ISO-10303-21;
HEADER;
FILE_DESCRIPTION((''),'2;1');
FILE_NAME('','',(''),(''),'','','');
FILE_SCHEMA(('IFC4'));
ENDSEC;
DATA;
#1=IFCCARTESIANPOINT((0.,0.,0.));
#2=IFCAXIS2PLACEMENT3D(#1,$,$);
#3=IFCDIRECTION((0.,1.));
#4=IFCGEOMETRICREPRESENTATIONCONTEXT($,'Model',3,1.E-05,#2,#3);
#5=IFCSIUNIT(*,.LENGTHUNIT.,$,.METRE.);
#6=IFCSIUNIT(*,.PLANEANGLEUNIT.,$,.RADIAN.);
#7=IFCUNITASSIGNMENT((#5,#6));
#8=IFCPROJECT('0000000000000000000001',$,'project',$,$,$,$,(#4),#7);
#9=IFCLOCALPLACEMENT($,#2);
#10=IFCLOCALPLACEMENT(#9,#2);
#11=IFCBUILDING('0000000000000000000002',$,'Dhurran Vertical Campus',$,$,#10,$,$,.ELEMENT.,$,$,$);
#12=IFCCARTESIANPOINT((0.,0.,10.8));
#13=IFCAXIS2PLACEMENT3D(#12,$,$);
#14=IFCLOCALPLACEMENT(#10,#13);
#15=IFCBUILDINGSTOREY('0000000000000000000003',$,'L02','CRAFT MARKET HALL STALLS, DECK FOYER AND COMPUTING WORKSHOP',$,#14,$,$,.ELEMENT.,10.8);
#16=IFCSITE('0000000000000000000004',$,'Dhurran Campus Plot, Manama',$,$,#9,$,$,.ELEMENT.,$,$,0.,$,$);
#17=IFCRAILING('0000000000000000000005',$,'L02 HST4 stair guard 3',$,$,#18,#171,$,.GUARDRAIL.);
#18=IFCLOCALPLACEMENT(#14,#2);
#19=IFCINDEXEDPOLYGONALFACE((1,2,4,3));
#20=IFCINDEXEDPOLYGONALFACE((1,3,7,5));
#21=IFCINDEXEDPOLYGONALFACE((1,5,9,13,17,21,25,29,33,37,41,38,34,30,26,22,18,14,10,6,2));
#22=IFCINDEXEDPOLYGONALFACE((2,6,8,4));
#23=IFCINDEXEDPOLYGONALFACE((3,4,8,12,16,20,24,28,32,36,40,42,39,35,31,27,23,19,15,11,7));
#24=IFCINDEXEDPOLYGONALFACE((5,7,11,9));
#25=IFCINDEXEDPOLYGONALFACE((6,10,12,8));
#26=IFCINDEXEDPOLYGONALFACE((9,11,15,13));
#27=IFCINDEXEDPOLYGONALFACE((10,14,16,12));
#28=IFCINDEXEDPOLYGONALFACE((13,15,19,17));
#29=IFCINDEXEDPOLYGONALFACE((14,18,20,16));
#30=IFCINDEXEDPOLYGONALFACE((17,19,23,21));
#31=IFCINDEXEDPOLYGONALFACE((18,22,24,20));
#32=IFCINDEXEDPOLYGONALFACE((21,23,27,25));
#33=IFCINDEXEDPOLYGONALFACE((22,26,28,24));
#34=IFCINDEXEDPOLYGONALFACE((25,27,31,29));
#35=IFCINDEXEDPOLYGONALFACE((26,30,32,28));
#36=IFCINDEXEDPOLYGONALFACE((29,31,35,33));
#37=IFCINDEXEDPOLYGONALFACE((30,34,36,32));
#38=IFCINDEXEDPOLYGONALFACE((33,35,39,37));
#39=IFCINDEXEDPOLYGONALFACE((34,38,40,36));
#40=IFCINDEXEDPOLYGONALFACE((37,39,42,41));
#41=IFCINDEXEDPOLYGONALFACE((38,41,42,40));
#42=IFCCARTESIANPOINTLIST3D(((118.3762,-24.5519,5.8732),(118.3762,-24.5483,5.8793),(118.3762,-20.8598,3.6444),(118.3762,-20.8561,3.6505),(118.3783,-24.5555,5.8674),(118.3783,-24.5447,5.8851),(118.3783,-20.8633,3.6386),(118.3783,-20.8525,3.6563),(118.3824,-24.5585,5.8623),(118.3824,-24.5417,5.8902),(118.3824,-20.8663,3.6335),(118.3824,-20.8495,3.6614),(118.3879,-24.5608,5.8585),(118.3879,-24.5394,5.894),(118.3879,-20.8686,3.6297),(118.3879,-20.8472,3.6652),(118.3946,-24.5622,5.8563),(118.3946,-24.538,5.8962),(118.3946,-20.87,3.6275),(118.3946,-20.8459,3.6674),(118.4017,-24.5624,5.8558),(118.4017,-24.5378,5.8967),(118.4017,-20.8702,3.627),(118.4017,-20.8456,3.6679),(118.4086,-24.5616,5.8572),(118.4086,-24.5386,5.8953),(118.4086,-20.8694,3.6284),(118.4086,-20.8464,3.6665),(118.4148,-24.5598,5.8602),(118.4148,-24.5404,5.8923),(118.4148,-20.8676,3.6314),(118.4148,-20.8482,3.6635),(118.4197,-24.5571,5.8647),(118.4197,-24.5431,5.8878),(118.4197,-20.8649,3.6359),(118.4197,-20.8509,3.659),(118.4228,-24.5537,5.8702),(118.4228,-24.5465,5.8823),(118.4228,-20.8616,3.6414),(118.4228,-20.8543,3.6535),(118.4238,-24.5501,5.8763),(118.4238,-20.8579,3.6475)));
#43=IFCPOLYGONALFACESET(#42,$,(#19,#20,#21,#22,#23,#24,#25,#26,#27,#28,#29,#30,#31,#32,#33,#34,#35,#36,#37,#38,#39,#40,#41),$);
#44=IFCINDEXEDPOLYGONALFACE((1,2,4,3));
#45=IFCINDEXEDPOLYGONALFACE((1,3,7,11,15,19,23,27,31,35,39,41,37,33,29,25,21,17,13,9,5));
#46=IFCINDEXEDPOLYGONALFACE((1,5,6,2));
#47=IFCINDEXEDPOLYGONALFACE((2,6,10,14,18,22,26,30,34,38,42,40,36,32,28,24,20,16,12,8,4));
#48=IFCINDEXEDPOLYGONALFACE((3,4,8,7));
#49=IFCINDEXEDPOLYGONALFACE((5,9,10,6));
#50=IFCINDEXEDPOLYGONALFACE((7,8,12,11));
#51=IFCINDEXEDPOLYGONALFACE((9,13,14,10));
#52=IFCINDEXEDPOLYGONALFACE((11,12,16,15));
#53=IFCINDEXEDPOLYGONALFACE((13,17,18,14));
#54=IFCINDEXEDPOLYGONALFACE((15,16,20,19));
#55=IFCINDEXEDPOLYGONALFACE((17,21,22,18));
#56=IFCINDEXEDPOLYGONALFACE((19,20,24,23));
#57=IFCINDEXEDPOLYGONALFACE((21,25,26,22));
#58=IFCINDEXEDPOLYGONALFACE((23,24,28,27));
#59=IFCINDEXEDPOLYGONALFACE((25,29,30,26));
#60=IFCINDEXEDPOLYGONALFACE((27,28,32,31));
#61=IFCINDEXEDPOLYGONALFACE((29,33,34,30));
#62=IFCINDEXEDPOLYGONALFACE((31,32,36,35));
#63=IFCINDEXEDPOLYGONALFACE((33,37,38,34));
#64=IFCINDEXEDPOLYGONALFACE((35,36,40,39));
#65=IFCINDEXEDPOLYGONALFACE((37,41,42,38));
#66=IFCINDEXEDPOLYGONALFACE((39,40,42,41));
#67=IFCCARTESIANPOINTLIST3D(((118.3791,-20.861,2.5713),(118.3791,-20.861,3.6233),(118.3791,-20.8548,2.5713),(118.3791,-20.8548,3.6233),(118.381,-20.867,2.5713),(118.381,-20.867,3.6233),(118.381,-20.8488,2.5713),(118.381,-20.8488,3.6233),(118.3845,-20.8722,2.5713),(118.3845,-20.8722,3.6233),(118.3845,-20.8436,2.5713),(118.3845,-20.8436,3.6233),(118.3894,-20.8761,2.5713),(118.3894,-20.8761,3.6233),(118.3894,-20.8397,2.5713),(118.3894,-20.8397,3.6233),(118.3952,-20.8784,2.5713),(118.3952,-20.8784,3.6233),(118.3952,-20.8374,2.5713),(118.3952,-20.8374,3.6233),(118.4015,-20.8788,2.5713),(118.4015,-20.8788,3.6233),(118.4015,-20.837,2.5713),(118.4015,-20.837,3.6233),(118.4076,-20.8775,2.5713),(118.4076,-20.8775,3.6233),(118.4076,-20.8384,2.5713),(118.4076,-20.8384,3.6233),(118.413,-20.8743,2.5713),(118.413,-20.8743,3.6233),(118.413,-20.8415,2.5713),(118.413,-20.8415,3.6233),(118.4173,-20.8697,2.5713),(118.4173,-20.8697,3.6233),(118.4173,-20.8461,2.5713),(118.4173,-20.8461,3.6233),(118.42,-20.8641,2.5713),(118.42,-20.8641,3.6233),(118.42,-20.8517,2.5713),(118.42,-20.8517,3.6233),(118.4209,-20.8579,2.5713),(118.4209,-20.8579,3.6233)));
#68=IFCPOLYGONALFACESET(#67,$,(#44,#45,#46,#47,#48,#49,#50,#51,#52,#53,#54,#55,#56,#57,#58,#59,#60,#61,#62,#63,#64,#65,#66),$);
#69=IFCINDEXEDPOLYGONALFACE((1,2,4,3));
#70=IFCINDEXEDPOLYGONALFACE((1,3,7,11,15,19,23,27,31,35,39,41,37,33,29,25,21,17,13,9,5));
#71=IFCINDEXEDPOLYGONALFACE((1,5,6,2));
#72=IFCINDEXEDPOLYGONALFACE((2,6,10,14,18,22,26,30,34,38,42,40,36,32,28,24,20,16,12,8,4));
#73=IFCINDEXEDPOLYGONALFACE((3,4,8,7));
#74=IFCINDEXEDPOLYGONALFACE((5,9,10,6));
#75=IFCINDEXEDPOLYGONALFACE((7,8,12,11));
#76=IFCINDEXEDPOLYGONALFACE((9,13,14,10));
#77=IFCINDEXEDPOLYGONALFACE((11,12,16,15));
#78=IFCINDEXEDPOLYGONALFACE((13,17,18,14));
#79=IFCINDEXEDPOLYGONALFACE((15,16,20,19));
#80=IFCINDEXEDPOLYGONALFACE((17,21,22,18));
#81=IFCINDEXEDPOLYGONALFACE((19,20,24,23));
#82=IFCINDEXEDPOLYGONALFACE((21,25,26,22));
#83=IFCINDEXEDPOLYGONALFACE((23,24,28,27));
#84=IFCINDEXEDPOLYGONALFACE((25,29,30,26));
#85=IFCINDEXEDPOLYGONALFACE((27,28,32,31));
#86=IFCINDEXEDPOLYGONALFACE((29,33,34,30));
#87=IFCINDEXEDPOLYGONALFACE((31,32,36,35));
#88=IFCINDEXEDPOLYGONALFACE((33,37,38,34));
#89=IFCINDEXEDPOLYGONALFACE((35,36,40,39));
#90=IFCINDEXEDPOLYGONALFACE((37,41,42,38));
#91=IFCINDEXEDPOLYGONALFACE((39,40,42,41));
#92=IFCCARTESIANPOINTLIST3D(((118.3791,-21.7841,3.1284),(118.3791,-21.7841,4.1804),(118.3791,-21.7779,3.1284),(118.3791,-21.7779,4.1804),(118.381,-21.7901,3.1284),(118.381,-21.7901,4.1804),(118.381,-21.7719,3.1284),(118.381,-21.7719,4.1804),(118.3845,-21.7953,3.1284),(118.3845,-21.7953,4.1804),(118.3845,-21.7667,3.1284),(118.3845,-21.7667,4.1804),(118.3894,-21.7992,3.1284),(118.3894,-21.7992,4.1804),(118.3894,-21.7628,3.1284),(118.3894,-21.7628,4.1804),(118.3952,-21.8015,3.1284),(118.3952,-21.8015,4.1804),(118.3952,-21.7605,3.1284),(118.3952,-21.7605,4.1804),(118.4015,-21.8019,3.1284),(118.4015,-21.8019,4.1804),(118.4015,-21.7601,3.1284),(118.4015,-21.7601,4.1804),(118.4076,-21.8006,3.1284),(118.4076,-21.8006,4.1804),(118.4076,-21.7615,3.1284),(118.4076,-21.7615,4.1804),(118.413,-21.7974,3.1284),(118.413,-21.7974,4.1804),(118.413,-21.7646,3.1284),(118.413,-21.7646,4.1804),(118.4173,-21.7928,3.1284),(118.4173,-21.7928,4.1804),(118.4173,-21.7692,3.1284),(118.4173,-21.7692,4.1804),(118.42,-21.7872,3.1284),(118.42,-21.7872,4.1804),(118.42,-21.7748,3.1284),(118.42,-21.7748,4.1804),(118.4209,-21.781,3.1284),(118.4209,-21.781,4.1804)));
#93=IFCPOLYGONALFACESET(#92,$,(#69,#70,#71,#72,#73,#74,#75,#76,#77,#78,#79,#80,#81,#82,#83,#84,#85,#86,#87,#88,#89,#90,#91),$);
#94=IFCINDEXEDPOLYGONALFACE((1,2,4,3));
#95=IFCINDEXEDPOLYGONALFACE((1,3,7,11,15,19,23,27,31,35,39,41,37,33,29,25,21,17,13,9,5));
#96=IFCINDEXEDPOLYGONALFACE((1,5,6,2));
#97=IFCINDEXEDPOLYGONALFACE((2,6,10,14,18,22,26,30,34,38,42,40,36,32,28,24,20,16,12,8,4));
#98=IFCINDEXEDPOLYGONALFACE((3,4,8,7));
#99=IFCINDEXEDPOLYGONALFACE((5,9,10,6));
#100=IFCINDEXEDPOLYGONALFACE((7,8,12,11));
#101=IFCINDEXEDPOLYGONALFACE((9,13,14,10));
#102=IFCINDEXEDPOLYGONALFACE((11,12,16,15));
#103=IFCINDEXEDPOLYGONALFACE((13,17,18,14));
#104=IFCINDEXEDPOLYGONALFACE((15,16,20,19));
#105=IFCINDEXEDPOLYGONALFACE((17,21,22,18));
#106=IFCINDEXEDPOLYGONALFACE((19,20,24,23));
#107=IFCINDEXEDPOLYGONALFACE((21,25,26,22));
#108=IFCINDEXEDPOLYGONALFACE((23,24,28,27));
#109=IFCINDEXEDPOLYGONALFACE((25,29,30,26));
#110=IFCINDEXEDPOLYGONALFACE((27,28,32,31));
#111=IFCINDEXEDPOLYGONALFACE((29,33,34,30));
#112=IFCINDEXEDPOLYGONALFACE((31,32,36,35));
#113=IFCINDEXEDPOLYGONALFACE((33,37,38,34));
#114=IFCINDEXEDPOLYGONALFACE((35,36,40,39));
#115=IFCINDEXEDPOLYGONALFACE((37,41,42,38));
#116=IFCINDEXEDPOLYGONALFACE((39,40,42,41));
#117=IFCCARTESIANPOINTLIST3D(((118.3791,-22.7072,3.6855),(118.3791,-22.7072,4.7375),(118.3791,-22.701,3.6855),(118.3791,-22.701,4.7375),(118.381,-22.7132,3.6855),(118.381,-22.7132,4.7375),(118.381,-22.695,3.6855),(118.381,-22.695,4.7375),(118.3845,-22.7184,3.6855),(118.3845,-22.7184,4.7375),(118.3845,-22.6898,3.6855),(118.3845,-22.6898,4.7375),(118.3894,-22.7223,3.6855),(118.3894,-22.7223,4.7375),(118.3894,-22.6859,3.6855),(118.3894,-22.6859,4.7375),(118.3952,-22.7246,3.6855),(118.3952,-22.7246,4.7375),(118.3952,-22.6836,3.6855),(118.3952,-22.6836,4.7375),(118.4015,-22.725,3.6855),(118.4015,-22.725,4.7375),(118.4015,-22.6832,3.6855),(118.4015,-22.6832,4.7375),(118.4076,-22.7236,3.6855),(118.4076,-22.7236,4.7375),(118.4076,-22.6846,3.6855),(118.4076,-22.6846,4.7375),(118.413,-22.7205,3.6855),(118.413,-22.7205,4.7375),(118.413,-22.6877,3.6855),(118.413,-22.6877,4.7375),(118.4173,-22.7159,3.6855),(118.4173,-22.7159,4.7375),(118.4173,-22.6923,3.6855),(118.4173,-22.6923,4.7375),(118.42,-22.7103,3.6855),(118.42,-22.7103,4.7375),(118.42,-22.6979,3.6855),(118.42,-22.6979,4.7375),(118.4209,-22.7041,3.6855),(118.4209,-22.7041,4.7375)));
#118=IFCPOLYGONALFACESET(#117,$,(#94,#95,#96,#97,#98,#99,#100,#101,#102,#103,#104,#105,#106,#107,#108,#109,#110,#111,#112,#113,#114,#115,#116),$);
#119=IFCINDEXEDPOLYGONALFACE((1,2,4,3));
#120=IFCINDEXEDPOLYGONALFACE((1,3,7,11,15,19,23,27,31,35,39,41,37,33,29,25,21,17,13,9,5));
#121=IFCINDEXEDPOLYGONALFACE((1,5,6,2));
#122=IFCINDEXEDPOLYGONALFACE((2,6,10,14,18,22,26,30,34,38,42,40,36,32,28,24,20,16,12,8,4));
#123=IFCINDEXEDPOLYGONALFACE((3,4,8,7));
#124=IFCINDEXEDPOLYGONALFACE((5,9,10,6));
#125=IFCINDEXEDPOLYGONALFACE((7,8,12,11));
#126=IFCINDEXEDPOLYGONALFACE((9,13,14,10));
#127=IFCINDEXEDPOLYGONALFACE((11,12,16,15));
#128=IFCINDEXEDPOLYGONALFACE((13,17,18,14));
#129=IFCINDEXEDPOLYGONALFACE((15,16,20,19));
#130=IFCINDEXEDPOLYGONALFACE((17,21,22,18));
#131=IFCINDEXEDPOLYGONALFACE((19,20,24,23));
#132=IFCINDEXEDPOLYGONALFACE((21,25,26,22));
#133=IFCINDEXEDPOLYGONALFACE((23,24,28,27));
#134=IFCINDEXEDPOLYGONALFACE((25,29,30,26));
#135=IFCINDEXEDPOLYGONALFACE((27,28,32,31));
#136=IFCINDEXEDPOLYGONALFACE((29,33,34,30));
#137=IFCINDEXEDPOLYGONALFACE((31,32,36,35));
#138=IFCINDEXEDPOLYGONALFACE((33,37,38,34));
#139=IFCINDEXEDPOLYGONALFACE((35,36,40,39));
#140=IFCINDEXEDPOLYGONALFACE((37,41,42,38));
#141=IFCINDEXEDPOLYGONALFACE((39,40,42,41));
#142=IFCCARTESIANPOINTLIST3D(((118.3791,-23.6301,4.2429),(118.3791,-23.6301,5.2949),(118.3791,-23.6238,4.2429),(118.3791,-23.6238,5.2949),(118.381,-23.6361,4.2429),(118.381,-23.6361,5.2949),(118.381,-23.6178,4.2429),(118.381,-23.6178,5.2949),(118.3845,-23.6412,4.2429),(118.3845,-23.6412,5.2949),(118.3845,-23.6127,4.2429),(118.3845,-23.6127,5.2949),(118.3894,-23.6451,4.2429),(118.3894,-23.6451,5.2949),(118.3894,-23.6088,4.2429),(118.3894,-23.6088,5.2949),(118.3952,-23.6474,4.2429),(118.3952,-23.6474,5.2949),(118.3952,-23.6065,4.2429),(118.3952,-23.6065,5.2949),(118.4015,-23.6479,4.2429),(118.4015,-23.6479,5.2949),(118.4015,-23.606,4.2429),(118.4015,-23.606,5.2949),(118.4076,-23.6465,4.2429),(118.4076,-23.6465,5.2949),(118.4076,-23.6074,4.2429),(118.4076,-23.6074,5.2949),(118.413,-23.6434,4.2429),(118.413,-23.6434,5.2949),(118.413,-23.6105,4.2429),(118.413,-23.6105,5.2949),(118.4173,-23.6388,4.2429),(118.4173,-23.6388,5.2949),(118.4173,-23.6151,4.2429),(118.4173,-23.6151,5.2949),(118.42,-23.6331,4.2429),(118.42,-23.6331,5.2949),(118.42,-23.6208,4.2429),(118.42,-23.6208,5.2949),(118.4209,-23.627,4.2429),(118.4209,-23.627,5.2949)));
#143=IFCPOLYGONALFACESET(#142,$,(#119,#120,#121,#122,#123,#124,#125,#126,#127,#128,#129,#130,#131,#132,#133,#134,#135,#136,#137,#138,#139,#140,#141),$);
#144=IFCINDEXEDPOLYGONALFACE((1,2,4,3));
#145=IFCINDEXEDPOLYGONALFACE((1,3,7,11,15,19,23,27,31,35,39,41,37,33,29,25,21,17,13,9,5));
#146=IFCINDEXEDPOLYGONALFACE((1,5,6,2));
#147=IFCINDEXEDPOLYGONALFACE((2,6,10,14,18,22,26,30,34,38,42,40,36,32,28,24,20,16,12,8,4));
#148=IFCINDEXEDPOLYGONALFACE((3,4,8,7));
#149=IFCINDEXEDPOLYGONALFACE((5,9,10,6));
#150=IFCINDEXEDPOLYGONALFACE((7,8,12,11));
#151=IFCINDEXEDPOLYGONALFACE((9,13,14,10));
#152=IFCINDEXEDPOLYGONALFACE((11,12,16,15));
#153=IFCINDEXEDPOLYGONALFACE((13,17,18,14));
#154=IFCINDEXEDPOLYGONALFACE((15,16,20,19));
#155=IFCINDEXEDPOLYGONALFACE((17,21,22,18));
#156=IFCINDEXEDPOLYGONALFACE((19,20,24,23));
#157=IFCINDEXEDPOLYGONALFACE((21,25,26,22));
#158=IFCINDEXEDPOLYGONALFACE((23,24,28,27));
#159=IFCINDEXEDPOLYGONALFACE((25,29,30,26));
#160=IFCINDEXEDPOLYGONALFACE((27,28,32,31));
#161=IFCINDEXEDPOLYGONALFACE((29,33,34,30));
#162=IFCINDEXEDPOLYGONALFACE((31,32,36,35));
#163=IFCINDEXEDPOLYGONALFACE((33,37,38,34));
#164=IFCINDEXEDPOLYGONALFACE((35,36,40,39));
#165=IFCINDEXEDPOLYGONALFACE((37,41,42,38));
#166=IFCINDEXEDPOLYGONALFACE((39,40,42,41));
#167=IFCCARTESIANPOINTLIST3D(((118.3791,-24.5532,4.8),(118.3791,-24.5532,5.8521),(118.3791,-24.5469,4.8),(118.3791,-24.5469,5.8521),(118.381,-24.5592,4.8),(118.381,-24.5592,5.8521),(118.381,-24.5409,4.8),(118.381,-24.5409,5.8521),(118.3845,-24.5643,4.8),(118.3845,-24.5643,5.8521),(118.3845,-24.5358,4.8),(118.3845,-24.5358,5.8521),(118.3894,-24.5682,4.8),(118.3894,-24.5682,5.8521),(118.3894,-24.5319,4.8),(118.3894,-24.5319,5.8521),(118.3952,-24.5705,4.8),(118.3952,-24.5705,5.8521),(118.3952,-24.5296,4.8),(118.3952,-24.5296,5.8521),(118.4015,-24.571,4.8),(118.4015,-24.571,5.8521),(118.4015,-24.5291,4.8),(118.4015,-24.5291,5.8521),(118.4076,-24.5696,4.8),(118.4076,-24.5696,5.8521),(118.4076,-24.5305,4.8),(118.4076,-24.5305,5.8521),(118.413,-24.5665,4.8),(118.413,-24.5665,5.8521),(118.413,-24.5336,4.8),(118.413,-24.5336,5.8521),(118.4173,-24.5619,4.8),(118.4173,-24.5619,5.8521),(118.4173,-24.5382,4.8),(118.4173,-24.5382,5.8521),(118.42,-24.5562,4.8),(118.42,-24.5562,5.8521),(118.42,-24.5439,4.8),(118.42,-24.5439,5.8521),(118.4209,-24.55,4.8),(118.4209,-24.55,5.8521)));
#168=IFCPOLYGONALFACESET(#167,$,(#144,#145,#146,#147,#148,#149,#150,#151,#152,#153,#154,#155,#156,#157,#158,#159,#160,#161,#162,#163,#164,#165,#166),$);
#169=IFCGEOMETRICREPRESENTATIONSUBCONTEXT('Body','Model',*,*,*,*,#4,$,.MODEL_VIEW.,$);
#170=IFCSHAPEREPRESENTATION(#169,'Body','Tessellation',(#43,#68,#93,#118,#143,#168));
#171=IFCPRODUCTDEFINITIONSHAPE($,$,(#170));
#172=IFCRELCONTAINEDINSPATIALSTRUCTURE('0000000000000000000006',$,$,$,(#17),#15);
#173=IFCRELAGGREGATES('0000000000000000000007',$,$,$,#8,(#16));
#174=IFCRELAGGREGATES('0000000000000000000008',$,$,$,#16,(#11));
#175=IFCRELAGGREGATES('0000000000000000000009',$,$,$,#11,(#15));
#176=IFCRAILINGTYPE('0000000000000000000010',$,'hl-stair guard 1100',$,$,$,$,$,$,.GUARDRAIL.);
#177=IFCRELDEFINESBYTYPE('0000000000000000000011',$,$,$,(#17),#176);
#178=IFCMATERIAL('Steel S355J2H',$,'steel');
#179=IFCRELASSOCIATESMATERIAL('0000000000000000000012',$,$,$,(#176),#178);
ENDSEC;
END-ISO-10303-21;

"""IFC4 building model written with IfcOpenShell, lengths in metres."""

from ifc_helpers import new_model, si_unit, direction, frame, origin, origin_2d, place, context, subcontext, project, spatial, circle, extrude, material, type_object, element, save


model = new_model("IFC4")

# Units and contexts
model_context = context("Model", 3, precision=1e-05, world=origin(), true_north=direction((0.0, 1.0)))
body_context = subcontext(model_context, "Body", "Model", "MODEL_VIEW")
ifc_project = project(units=[si_unit("LENGTHUNIT", "METRE"), si_unit("PLANEANGLEUNIT", "RADIAN")], contexts=[model_context])

# Site, building, storey
site_placement = place(None, origin())
site = spatial("IfcSite", under=ifc_project, at=site_placement, Name="Dhurran Campus Plot, Manama", CompositionType="ELEMENT", RefElevation=0.0)
building_placement = place(site_placement, origin())
building = spatial("IfcBuilding", under=site, at=building_placement, Name="Dhurran Vertical Campus", CompositionType="ELEMENT")
storey_placement = place(building_placement, frame((0.0, 0.0, 10.8)))
storey = spatial("IfcBuildingStorey", under=building, at=storey_placement, Name="L02", Description="CRAFT MARKET HALL STALLS, DECK FOYER AND COMPUTING WORKSHOP", CompositionType="ELEMENT", Elevation=10.8)

# Railing
ifc_material_1 = material(Name="Steel S355J2H", Category="steel")
railing_type_1 = type_object("IfcRailingType", Name="hl-stair guard 1100", PredefinedType="GUARDRAIL", material=ifc_material_1)
railing_1_placement = place(storey_placement, frame((118.3999, -20.8579, 2.5713)))
element("IfcRailing", 1, at=railing_1_placement, inside=storey, type_object=railing_type_1, Name="L02 HST4 stair guard 3", PredefinedType="GUARDRAIL", context=body_context, shape_type="SweptSolid", body=[
    extrude(circle(Radius=0.0239, at=origin_2d()), frame((0.0, 0.0, 1.0762), z_axis=(0.0, -0.856111, 0.516792), x_axis=(1.0, 0.0, 0.0)), (0.0, 0.0, 1.0), 4.3127),
    extrude(circle(Radius=0.021, at=origin_2d()), origin(), (0.0, 0.0, 1.0), 1.052),
    extrude(circle(Radius=0.021, at=origin_2d()), frame((0.0, -0.9231, 0.5571)), (0.0, 0.0, 1.0), 1.052),
    extrude(circle(Radius=0.021, at=origin_2d()), frame((0.0, -1.8462, 1.1143)), (0.0, 0.0, 1.0), 1.052),
    extrude(circle(Radius=0.021, at=origin_2d()), frame((0.0, -2.769, 1.6716)), (0.0, 0.0, 1.0), 1.052),
    extrude(circle(Radius=0.021, at=origin_2d()), frame((0.0, -3.6921, 2.2288)), (0.0, 0.0, 1.0), 1.052),
])

save(model, "model.ifc")
